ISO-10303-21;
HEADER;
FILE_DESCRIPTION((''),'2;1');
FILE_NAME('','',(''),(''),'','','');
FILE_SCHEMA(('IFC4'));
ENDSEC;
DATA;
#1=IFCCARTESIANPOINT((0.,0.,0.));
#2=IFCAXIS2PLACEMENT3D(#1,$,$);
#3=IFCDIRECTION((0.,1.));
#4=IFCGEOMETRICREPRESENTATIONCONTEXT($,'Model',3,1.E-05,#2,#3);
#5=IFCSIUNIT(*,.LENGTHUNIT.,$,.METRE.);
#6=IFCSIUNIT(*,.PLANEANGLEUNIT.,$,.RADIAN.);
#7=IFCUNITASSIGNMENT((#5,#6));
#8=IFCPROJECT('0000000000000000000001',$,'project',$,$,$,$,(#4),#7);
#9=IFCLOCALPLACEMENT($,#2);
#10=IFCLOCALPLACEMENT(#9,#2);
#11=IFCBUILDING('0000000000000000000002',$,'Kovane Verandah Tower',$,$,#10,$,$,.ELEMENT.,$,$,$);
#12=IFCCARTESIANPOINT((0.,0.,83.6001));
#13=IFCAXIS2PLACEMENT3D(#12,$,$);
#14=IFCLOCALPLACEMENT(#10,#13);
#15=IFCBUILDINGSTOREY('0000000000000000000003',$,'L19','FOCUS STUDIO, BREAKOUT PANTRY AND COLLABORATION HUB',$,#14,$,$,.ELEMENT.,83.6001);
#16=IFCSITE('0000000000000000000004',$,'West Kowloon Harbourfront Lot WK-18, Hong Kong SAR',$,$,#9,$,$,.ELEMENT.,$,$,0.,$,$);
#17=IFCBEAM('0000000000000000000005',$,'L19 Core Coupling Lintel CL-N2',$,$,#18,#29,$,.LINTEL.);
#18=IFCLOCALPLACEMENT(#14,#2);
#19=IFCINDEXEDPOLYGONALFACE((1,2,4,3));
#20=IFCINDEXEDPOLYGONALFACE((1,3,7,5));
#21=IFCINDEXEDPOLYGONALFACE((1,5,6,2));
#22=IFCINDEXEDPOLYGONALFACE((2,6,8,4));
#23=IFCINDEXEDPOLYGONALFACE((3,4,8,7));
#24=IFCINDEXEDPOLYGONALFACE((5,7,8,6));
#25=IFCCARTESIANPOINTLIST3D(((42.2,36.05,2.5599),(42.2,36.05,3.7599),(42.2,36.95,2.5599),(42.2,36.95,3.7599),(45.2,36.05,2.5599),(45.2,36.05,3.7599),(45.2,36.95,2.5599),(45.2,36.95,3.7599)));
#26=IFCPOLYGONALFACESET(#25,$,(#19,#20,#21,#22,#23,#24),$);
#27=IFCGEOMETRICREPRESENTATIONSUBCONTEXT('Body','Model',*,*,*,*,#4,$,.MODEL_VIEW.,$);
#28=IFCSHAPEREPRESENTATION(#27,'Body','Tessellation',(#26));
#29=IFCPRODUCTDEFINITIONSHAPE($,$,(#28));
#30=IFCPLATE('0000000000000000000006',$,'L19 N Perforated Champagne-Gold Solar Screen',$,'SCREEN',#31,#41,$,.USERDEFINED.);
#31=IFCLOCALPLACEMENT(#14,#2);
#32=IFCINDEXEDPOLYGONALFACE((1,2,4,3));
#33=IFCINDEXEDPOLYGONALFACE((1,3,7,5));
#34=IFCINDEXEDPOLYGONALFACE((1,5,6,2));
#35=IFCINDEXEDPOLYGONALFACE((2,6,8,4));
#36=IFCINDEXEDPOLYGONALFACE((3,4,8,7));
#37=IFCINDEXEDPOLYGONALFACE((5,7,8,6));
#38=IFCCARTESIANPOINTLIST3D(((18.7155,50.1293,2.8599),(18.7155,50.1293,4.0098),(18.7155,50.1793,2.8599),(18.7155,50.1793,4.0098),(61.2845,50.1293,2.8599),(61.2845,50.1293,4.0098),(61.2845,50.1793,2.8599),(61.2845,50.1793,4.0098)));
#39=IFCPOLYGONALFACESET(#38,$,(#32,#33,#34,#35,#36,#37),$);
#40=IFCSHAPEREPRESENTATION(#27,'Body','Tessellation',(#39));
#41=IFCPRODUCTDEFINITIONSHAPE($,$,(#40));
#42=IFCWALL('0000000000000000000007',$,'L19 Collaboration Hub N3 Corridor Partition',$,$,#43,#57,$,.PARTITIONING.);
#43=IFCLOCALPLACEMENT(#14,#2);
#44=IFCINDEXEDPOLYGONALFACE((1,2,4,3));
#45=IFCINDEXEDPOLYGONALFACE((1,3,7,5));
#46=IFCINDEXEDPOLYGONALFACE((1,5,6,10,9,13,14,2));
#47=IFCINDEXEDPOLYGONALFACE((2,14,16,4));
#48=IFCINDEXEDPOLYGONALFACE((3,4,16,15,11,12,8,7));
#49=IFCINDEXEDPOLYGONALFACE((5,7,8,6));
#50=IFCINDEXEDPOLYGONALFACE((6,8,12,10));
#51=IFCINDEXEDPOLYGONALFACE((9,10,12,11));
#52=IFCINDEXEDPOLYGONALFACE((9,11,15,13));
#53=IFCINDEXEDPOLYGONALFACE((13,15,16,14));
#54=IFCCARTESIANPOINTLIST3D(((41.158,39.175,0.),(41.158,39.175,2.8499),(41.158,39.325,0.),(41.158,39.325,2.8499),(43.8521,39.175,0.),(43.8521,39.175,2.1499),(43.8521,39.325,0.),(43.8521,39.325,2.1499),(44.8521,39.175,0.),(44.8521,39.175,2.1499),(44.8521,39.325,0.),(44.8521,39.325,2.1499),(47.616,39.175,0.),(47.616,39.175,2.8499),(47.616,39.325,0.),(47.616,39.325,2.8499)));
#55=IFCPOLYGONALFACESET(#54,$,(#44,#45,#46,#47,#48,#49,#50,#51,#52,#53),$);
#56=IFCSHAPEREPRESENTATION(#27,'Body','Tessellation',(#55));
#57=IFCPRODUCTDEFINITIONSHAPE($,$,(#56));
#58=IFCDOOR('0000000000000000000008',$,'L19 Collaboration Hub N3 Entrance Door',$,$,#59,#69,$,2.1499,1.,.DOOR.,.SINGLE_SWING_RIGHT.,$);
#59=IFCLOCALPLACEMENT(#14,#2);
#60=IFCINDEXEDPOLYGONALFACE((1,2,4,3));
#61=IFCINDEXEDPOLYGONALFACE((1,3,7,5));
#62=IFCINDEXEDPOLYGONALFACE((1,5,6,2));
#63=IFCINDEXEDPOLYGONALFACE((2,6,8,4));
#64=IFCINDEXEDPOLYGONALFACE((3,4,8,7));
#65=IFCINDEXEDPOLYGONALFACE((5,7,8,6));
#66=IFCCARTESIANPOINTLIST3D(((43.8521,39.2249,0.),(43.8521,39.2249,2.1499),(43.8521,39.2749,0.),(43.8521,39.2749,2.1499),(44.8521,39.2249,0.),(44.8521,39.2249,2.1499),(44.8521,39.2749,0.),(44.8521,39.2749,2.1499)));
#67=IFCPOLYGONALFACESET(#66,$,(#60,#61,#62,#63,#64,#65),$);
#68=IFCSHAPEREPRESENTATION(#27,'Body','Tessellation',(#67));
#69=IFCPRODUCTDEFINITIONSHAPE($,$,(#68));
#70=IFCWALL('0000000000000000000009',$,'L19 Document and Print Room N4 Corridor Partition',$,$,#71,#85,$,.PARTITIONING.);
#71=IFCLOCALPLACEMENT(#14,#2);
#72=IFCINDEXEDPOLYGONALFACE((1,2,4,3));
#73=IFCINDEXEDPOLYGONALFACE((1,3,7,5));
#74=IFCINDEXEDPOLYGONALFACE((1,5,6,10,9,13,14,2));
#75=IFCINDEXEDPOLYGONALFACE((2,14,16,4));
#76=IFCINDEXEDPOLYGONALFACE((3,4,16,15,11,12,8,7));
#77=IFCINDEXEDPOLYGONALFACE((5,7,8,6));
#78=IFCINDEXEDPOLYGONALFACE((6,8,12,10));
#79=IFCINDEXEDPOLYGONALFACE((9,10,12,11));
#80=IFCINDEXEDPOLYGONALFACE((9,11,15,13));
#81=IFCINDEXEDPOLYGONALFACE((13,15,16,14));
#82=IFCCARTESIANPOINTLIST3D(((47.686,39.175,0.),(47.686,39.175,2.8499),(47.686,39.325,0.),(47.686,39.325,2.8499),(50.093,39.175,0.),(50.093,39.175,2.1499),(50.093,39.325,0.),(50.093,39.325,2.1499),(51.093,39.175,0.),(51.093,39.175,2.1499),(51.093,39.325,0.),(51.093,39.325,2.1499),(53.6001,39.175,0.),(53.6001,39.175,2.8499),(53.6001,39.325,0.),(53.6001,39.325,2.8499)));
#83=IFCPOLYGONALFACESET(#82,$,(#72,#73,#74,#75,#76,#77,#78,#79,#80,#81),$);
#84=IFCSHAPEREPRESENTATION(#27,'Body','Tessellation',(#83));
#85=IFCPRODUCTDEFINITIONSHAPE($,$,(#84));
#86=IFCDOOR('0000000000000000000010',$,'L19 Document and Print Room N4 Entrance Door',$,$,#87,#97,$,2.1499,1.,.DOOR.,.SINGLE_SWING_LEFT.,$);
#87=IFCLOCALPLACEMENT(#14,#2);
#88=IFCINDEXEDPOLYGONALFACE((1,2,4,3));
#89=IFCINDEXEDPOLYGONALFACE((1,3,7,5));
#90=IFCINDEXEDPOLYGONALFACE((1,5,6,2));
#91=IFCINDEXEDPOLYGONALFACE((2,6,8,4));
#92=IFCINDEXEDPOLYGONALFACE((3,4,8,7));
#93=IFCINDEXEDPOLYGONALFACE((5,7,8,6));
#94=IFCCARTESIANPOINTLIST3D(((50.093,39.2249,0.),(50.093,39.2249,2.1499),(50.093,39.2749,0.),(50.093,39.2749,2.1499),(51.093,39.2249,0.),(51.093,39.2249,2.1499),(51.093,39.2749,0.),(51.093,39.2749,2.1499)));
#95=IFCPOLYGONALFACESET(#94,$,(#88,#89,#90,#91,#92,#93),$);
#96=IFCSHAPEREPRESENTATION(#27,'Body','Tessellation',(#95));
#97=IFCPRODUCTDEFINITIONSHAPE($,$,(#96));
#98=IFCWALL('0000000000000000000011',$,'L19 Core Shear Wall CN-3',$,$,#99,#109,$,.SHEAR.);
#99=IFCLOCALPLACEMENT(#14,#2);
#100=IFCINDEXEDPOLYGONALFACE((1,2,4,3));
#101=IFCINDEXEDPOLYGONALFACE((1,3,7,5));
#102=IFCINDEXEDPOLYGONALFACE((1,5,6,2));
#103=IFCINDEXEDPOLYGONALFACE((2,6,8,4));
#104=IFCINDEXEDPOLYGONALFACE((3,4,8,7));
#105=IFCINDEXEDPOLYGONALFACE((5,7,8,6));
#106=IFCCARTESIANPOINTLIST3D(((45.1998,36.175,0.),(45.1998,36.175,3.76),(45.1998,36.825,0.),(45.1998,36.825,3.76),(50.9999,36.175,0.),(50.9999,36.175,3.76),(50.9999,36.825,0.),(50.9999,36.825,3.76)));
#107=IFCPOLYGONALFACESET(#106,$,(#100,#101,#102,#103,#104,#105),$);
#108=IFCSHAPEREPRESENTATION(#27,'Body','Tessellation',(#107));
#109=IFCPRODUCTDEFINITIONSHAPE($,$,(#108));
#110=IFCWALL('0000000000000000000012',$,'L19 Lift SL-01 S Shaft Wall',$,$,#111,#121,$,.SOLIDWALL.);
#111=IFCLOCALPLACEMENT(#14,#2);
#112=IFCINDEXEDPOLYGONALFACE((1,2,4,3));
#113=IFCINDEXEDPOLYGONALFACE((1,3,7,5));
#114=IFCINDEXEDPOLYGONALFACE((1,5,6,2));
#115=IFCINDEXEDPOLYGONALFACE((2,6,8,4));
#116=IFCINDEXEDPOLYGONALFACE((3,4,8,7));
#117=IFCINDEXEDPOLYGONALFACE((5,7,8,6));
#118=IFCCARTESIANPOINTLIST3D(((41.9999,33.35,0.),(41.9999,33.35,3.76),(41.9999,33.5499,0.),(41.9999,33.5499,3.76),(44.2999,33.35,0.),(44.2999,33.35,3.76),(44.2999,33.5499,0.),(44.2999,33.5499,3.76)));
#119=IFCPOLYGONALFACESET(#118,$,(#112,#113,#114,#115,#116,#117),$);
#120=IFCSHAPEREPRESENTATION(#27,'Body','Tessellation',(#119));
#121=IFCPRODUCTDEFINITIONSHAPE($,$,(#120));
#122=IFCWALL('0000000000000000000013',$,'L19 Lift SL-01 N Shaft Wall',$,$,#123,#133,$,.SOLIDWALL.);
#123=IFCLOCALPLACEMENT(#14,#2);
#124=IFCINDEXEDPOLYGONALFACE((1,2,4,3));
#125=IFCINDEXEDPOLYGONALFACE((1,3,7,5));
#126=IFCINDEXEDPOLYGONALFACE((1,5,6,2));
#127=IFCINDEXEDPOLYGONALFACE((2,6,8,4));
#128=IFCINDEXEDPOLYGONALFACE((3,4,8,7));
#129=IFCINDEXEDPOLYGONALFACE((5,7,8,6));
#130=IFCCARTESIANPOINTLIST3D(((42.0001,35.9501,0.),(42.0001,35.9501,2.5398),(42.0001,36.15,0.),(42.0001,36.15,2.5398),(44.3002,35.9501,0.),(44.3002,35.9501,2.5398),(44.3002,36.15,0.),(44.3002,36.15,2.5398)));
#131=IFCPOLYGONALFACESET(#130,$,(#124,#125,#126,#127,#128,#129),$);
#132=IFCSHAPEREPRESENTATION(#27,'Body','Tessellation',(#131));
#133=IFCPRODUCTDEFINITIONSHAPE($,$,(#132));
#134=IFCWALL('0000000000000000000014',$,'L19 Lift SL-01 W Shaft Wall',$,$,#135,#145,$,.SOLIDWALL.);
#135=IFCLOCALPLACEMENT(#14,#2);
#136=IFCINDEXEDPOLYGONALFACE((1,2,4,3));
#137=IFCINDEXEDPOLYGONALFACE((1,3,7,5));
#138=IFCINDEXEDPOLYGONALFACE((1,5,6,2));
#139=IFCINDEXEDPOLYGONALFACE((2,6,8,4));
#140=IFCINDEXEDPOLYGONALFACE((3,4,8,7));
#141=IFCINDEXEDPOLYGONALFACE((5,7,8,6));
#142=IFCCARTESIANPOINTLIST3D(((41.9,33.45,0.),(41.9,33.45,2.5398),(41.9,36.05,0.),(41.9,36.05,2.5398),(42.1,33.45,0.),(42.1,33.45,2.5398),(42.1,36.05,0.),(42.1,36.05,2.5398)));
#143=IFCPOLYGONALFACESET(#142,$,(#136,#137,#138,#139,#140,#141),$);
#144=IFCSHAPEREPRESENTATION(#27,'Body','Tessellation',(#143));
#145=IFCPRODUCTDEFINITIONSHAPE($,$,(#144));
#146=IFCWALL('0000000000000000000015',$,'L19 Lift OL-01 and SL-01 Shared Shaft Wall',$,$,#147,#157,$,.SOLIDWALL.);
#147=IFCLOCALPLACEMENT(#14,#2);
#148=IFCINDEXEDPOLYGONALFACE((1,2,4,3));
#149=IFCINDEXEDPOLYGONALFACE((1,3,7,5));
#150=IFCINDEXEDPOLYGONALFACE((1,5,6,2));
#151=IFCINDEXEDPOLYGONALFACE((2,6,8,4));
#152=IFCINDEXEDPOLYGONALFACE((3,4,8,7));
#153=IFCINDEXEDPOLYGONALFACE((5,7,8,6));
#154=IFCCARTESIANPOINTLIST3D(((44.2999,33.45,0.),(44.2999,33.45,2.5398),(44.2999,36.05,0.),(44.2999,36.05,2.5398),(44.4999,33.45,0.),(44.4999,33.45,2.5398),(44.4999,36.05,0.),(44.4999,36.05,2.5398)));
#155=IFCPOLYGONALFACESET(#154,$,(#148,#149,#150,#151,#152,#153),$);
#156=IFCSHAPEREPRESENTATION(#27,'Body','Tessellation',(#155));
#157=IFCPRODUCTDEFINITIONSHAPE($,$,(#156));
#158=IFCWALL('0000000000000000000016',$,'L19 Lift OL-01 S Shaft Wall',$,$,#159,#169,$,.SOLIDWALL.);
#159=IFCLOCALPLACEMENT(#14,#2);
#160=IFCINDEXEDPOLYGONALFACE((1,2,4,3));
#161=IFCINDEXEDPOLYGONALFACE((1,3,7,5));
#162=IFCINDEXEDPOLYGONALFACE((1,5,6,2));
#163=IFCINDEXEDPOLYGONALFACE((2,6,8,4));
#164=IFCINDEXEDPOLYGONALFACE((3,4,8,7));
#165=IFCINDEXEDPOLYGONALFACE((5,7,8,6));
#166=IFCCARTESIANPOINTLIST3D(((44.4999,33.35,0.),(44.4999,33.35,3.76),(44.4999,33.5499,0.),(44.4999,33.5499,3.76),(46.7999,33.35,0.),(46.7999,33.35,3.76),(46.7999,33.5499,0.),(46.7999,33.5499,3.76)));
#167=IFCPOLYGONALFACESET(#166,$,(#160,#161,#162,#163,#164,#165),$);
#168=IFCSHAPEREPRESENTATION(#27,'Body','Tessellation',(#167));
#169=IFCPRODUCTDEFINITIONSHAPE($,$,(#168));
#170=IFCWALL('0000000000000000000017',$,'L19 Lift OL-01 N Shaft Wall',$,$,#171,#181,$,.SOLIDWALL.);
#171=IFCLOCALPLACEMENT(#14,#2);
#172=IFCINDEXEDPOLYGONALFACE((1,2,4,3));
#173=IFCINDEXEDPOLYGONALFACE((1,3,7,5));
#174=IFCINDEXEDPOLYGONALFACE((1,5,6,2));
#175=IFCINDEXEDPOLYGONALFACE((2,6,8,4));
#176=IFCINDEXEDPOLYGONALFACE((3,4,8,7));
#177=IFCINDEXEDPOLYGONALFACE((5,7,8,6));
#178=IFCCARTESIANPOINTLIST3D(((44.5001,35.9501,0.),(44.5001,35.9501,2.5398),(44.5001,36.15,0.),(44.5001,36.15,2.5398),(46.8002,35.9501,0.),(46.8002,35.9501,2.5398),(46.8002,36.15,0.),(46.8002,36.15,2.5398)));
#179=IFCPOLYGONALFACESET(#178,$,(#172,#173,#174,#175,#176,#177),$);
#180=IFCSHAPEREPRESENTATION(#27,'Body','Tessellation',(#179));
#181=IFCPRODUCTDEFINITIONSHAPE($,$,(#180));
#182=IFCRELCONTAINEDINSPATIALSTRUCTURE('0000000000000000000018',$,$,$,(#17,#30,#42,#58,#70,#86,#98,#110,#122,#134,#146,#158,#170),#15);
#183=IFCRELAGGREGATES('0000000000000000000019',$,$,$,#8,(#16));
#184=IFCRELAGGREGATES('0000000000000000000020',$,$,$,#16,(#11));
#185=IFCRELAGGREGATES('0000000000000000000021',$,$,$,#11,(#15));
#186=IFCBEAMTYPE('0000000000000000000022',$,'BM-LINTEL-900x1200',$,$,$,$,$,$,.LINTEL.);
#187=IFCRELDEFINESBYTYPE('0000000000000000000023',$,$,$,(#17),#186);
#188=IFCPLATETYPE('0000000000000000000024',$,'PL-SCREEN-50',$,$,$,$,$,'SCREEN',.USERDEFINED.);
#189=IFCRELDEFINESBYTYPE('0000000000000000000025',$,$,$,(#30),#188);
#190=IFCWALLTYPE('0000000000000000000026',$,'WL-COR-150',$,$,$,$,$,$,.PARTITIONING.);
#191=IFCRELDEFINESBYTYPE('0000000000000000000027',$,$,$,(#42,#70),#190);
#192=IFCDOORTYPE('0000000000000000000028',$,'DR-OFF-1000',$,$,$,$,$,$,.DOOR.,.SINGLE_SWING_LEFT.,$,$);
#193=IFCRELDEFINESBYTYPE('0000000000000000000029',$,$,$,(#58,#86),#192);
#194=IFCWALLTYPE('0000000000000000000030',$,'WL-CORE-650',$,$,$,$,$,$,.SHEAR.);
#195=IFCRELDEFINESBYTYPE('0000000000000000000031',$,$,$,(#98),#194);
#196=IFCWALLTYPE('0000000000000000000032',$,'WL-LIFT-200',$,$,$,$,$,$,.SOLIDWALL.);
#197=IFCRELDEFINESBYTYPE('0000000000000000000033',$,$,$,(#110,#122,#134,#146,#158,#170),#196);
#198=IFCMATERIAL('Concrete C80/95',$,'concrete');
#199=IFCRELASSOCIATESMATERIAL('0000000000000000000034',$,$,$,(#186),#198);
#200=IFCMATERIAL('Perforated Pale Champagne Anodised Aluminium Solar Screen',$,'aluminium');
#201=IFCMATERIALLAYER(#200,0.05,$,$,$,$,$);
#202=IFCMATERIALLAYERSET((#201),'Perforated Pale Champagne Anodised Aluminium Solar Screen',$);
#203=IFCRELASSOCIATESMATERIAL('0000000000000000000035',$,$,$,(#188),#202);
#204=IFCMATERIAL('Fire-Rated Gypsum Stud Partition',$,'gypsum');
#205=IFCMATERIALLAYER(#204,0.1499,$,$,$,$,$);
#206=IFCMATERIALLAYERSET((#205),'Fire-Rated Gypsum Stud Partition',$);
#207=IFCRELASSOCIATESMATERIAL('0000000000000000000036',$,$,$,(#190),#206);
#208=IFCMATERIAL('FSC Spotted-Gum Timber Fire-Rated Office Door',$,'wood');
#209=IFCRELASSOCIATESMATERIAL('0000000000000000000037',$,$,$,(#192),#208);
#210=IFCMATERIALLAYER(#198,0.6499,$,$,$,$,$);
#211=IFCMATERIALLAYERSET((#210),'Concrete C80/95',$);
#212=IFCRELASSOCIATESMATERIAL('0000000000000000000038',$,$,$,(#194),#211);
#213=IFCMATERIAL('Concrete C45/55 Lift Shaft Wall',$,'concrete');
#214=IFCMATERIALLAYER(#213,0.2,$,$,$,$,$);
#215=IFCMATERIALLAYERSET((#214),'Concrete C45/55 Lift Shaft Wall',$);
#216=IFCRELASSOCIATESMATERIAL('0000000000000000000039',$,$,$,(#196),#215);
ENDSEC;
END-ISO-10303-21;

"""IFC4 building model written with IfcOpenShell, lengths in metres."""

from ifc_helpers import new_model, si_unit, direction, frame, frame_2d, origin, origin_2d, place, context, subcontext, project, spatial, rectangle, extrude, material, layer, layer_set, material_profile, profile_set, type_object, element, fill, save


model = new_model("IFC4")

# Units and contexts
model_context = context("Model", 3, precision=1e-05, world=origin(), true_north=direction((0.0, 1.0)))
body_context = subcontext(model_context, "Body", "Model", "MODEL_VIEW")
ifc_project = project(units=[si_unit("LENGTHUNIT", "METRE"), si_unit("PLANEANGLEUNIT", "RADIAN")], contexts=[model_context])

# Site, building, storey
site_placement = place(None, origin())
site = spatial("IfcSite", under=ifc_project, at=site_placement, Name="West Kowloon Harbourfront Lot WK-18, Hong Kong SAR", CompositionType="ELEMENT", RefElevation=0.0)
building_placement = place(site_placement, origin())
building = spatial("IfcBuilding", under=site, at=building_placement, Name="Kovane Verandah Tower", CompositionType="ELEMENT")
storey_placement = place(building_placement, frame((0.0, 0.0, 83.6001)))
storey = spatial("IfcBuildingStorey", under=building, at=storey_placement, Name="L19", Description="FOCUS STUDIO, BREAKOUT PANTRY AND COLLABORATION HUB", CompositionType="ELEMENT", Elevation=83.6001)

# Beam
ifc_material_1 = material(Name="Concrete C80/95", Category="concrete")
ifc_material_profile = material_profile(ifc_material_1, rectangle(XDim=0.8999, YDim=1.2, at=origin_2d()), Name="RCB900x1200")
ifc_profile_set = profile_set([ifc_material_profile], Name="Concrete C80/95")
beam_type = type_object("IfcBeamType", Name="BM-LINTEL-900x1200", PredefinedType="LINTEL", material=ifc_profile_set)
beam_placement = place(storey_placement, frame((42.2, 36.5, 3.1599), z_axis=(1.0, 0.0, 0.0), x_axis=(0.0, 1.0, 0.0)))
element("IfcBeam", 1, at=beam_placement, inside=storey, type_object=beam_type, Name="L19 Core Coupling Lintel CL-N2", PredefinedType="LINTEL", context=body_context, shape_type="SweptSolid", body=[
    extrude(rectangle(XDim=0.8999, YDim=1.2, at=origin_2d()), origin(), (0.0, 0.0, 1.0), 3.0),
])

# Plate
ifc_material_2 = material(Name="Perforated Pale Champagne Anodised Aluminium Solar Screen", Category="aluminium")
ifc_layer_1 = layer(ifc_material_2, 0.05)
ifc_layer_set_1 = layer_set([ifc_layer_1], Name="Perforated Pale Champagne Anodised Aluminium Solar Screen")
plate_type = type_object("IfcPlateType", Name="PL-SCREEN-50", ElementType="SCREEN", PredefinedType="USERDEFINED", material=ifc_layer_set_1)
plate_placement = place(storey_placement, frame((40.0, 50.1543, 2.8599), z_axis=(0.0, 0.0, 1.0), x_axis=(-1.0, 0.0, 0.0)))
element("IfcPlate", 2, at=plate_placement, inside=storey, type_object=plate_type, Name="L19 N Perforated Champagne-Gold Solar Screen", ObjectType="SCREEN", PredefinedType="USERDEFINED", context=body_context, shape_type="SweptSolid", body=[
    extrude(rectangle(XDim=42.5691, YDim=0.05, at=origin_2d()), origin(), (0.0, 0.0, 1.0), 1.1499),
])

# Walls, openings, doors
ifc_material_3 = material(Name="Fire-Rated Gypsum Stud Partition", Category="gypsum")
ifc_layer_2 = layer(ifc_material_3, 0.1499)
ifc_layer_set_2 = layer_set([ifc_layer_2], Name="Fire-Rated Gypsum Stud Partition")
wall_type_1 = type_object("IfcWallType", Name="WL-COR-150", PredefinedType="PARTITIONING", material=ifc_layer_set_2)
wall_1_placement = place(storey_placement, frame((41.158, 39.25, 0.0), z_axis=(0.0, 0.0, 1.0), x_axis=(1.0, 0.0, 0.0)))
wall_1 = element("IfcWall", 3, at=wall_1_placement, inside=storey, type_object=wall_type_1, Name="L19 Collaboration Hub N3 Corridor Partition", PredefinedType="PARTITIONING", context=body_context, shape_type="SweptSolid", body=[
    extrude(rectangle(XDim=6.458, YDim=0.1499, at=frame_2d((3.229, 0.0))), origin(), (0.0, 0.0, 1.0), 2.8499),
])
opening_1_placement = place(wall_1_placement, frame((2.6941, 0.0, 0.0)))
opening_1 = element("IfcOpeningElement", 4, at=opening_1_placement, cuts=wall_1, PredefinedType="OPENING", context=body_context, shape_type="SweptSolid", body=[
    extrude(rectangle(XDim=1.0, YDim=2.1499, at=frame_2d((0.5, 1.075))), frame((0.0, 0.075, 0.0), z_axis=(0.0, -1.0, 0.0), x_axis=(1.0, 0.0, 0.0)), (0.0, 0.0, 1.0), 0.1499),
])
ifc_material_4 = material(Name="FSC Spotted-Gum Timber Fire-Rated Office Door", Category="wood")
door_type = type_object("IfcDoorType", Name="DR-OFF-1000", OperationType="SINGLE_SWING_LEFT", PredefinedType="DOOR", material=ifc_material_4)
door_1_placement = place(opening_1_placement, origin())
door_1 = element("IfcDoor", 5, at=door_1_placement, inside=storey, type_object=door_type, Name="L19 Collaboration Hub N3 Entrance Door", OperationType="SINGLE_SWING_RIGHT", OverallHeight=2.1499, OverallWidth=1.0, PredefinedType="DOOR", context=body_context, shape_type="SweptSolid", body=[
    extrude(rectangle(XDim=1.0, YDim=2.1499, at=frame_2d((0.5, 1.075))), frame((0.0, 0.0249, 0.0), z_axis=(0.0, -1.0, 0.0), x_axis=(1.0, 0.0, 0.0)), (0.0, 0.0, 1.0), 0.05),
])
fill(opening_1, door_1)
wall_2_placement = place(storey_placement, frame((47.686, 39.25, 0.0), z_axis=(0.0, 0.0, 1.0), x_axis=(1.0, 0.0, 0.0)))
wall_2 = element("IfcWall", 6, at=wall_2_placement, inside=storey, type_object=wall_type_1, Name="L19 Document and Print Room N4 Corridor Partition", PredefinedType="PARTITIONING", context=body_context, shape_type="SweptSolid", body=[
    extrude(rectangle(XDim=5.9141, YDim=0.1499, at=frame_2d((2.957, 0.0))), origin(), (0.0, 0.0, 1.0), 2.8499),
])
opening_2_placement = place(wall_2_placement, frame((2.407, 0.0, 0.0)))
opening_2 = element("IfcOpeningElement", 7, at=opening_2_placement, cuts=wall_2, PredefinedType="OPENING", context=body_context, shape_type="SweptSolid", body=[
    extrude(rectangle(XDim=1.0, YDim=2.1499, at=frame_2d((0.5, 1.075))), frame((0.0, 0.075, 0.0), z_axis=(0.0, -1.0, 0.0), x_axis=(1.0, 0.0, 0.0)), (0.0, 0.0, 1.0), 0.1499),
])
door_2_placement = place(opening_2_placement, origin())
door_2 = element("IfcDoor", 8, at=door_2_placement, inside=storey, type_object=door_type, Name="L19 Document and Print Room N4 Entrance Door", OperationType="SINGLE_SWING_LEFT", OverallHeight=2.1499, OverallWidth=1.0, PredefinedType="DOOR", context=body_context, shape_type="SweptSolid", body=[
    extrude(rectangle(XDim=1.0, YDim=2.1499, at=frame_2d((0.5, 1.075))), frame((0.0, 0.0249, 0.0), z_axis=(0.0, -1.0, 0.0), x_axis=(1.0, 0.0, 0.0)), (0.0, 0.0, 1.0), 0.05),
])
fill(opening_2, door_2)

# Walls
ifc_layer_3 = layer(ifc_material_1, 0.6499)
ifc_layer_set_3 = layer_set([ifc_layer_3], Name="Concrete C80/95")
wall_type_2 = type_object("IfcWallType", Name="WL-CORE-650", PredefinedType="SHEAR", material=ifc_layer_set_3)
wall_3_placement = place(storey_placement, frame((45.2, 36.5, 0.0), z_axis=(0.0, 0.0, 1.0), x_axis=(1.0, 0.0, 0.0)))
element("IfcWall", 9, at=wall_3_placement, inside=storey, type_object=wall_type_2, Name="L19 Core Shear Wall CN-3", PredefinedType="SHEAR", context=body_context, shape_type="SweptSolid", body=[
    extrude(rectangle(XDim=5.8, YDim=0.6499, at=frame_2d((2.8999, 0.0))), origin(), (0.0, 0.0, 1.0), 3.76),
])
ifc_material_5 = material(Name="Concrete C45/55 Lift Shaft Wall", Category="concrete")
ifc_layer_4 = layer(ifc_material_5, 0.2)
ifc_layer_set_4 = layer_set([ifc_layer_4], Name="Concrete C45/55 Lift Shaft Wall")
wall_type_3 = type_object("IfcWallType", Name="WL-LIFT-200", PredefinedType="SOLIDWALL", material=ifc_layer_set_4)
wall_4_placement = place(storey_placement, frame((42.0, 33.45, 0.0), z_axis=(0.0, 0.0, 1.0), x_axis=(1.0, 0.0, 0.0)))
element("IfcWall", 10, at=wall_4_placement, inside=storey, type_object=wall_type_3, Name="L19 Lift SL-01 S Shaft Wall", PredefinedType="SOLIDWALL", context=body_context, shape_type="SweptSolid", body=[
    extrude(rectangle(XDim=2.3, YDim=0.2, at=frame_2d((1.1499, 0.0))), origin(), (0.0, 0.0, 1.0), 3.76),
])
wall_5_placement = place(storey_placement, frame((44.3, 36.05, 0.0), z_axis=(0.0, 0.0, 1.0), x_axis=(-1.0, 0.0, 0.0)))
element("IfcWall", 11, at=wall_5_placement, inside=storey, type_object=wall_type_3, Name="L19 Lift SL-01 N Shaft Wall", PredefinedType="SOLIDWALL", context=body_context, shape_type="SweptSolid", body=[
    extrude(rectangle(XDim=2.3, YDim=0.2, at=frame_2d((1.1499, 0.0))), origin(), (0.0, 0.0, 1.0), 2.5398),
])
for number, where, z_axis, x_axis, name in (
    (12, (42.0, 36.05, 0.0), (0.0, 0.0, 1.0), (0.0, -1.0, 0.0), "L19 Lift SL-01 W Shaft Wall"),
    (13, (44.3999, 33.45, 0.0), (0.0, 0.0, 1.0), (0.0, 1.0, 0.0), "L19 Lift OL-01 and SL-01 Shared Shaft Wall"),
):
    element("IfcWall", number, at=place(storey_placement, frame(where, z_axis=z_axis, x_axis=x_axis)), inside=storey, type_object=wall_type_3, Name=name, PredefinedType="SOLIDWALL", context=body_context, shape_type="SweptSolid", body=[
        extrude(rectangle(XDim=2.6001, YDim=0.2, at=frame_2d((1.3, 0.0))), origin(), (0.0, 0.0, 1.0), 2.5398),
    ])
wall_6_placement = place(storey_placement, frame((44.5, 33.45, 0.0), z_axis=(0.0, 0.0, 1.0), x_axis=(1.0, 0.0, 0.0)))
element("IfcWall", 14, at=wall_6_placement, inside=storey, type_object=wall_type_3, Name="L19 Lift OL-01 S Shaft Wall", PredefinedType="SOLIDWALL", context=body_context, shape_type="SweptSolid", body=[
    extrude(rectangle(XDim=2.3, YDim=0.2, at=frame_2d((1.1499, 0.0))), origin(), (0.0, 0.0, 1.0), 3.76),
])
wall_7_placement = place(storey_placement, frame((46.8, 36.05, 0.0), z_axis=(0.0, 0.0, 1.0), x_axis=(-1.0, 0.0, 0.0)))
element("IfcWall", 15, at=wall_7_placement, inside=storey, type_object=wall_type_3, Name="L19 Lift OL-01 N Shaft Wall", PredefinedType="SOLIDWALL", context=body_context, shape_type="SweptSolid", body=[
    extrude(rectangle(XDim=2.3, YDim=0.2, at=frame_2d((1.1499, 0.0))), origin(), (0.0, 0.0, 1.0), 2.5398),
])

save(model, "model.ifc")
